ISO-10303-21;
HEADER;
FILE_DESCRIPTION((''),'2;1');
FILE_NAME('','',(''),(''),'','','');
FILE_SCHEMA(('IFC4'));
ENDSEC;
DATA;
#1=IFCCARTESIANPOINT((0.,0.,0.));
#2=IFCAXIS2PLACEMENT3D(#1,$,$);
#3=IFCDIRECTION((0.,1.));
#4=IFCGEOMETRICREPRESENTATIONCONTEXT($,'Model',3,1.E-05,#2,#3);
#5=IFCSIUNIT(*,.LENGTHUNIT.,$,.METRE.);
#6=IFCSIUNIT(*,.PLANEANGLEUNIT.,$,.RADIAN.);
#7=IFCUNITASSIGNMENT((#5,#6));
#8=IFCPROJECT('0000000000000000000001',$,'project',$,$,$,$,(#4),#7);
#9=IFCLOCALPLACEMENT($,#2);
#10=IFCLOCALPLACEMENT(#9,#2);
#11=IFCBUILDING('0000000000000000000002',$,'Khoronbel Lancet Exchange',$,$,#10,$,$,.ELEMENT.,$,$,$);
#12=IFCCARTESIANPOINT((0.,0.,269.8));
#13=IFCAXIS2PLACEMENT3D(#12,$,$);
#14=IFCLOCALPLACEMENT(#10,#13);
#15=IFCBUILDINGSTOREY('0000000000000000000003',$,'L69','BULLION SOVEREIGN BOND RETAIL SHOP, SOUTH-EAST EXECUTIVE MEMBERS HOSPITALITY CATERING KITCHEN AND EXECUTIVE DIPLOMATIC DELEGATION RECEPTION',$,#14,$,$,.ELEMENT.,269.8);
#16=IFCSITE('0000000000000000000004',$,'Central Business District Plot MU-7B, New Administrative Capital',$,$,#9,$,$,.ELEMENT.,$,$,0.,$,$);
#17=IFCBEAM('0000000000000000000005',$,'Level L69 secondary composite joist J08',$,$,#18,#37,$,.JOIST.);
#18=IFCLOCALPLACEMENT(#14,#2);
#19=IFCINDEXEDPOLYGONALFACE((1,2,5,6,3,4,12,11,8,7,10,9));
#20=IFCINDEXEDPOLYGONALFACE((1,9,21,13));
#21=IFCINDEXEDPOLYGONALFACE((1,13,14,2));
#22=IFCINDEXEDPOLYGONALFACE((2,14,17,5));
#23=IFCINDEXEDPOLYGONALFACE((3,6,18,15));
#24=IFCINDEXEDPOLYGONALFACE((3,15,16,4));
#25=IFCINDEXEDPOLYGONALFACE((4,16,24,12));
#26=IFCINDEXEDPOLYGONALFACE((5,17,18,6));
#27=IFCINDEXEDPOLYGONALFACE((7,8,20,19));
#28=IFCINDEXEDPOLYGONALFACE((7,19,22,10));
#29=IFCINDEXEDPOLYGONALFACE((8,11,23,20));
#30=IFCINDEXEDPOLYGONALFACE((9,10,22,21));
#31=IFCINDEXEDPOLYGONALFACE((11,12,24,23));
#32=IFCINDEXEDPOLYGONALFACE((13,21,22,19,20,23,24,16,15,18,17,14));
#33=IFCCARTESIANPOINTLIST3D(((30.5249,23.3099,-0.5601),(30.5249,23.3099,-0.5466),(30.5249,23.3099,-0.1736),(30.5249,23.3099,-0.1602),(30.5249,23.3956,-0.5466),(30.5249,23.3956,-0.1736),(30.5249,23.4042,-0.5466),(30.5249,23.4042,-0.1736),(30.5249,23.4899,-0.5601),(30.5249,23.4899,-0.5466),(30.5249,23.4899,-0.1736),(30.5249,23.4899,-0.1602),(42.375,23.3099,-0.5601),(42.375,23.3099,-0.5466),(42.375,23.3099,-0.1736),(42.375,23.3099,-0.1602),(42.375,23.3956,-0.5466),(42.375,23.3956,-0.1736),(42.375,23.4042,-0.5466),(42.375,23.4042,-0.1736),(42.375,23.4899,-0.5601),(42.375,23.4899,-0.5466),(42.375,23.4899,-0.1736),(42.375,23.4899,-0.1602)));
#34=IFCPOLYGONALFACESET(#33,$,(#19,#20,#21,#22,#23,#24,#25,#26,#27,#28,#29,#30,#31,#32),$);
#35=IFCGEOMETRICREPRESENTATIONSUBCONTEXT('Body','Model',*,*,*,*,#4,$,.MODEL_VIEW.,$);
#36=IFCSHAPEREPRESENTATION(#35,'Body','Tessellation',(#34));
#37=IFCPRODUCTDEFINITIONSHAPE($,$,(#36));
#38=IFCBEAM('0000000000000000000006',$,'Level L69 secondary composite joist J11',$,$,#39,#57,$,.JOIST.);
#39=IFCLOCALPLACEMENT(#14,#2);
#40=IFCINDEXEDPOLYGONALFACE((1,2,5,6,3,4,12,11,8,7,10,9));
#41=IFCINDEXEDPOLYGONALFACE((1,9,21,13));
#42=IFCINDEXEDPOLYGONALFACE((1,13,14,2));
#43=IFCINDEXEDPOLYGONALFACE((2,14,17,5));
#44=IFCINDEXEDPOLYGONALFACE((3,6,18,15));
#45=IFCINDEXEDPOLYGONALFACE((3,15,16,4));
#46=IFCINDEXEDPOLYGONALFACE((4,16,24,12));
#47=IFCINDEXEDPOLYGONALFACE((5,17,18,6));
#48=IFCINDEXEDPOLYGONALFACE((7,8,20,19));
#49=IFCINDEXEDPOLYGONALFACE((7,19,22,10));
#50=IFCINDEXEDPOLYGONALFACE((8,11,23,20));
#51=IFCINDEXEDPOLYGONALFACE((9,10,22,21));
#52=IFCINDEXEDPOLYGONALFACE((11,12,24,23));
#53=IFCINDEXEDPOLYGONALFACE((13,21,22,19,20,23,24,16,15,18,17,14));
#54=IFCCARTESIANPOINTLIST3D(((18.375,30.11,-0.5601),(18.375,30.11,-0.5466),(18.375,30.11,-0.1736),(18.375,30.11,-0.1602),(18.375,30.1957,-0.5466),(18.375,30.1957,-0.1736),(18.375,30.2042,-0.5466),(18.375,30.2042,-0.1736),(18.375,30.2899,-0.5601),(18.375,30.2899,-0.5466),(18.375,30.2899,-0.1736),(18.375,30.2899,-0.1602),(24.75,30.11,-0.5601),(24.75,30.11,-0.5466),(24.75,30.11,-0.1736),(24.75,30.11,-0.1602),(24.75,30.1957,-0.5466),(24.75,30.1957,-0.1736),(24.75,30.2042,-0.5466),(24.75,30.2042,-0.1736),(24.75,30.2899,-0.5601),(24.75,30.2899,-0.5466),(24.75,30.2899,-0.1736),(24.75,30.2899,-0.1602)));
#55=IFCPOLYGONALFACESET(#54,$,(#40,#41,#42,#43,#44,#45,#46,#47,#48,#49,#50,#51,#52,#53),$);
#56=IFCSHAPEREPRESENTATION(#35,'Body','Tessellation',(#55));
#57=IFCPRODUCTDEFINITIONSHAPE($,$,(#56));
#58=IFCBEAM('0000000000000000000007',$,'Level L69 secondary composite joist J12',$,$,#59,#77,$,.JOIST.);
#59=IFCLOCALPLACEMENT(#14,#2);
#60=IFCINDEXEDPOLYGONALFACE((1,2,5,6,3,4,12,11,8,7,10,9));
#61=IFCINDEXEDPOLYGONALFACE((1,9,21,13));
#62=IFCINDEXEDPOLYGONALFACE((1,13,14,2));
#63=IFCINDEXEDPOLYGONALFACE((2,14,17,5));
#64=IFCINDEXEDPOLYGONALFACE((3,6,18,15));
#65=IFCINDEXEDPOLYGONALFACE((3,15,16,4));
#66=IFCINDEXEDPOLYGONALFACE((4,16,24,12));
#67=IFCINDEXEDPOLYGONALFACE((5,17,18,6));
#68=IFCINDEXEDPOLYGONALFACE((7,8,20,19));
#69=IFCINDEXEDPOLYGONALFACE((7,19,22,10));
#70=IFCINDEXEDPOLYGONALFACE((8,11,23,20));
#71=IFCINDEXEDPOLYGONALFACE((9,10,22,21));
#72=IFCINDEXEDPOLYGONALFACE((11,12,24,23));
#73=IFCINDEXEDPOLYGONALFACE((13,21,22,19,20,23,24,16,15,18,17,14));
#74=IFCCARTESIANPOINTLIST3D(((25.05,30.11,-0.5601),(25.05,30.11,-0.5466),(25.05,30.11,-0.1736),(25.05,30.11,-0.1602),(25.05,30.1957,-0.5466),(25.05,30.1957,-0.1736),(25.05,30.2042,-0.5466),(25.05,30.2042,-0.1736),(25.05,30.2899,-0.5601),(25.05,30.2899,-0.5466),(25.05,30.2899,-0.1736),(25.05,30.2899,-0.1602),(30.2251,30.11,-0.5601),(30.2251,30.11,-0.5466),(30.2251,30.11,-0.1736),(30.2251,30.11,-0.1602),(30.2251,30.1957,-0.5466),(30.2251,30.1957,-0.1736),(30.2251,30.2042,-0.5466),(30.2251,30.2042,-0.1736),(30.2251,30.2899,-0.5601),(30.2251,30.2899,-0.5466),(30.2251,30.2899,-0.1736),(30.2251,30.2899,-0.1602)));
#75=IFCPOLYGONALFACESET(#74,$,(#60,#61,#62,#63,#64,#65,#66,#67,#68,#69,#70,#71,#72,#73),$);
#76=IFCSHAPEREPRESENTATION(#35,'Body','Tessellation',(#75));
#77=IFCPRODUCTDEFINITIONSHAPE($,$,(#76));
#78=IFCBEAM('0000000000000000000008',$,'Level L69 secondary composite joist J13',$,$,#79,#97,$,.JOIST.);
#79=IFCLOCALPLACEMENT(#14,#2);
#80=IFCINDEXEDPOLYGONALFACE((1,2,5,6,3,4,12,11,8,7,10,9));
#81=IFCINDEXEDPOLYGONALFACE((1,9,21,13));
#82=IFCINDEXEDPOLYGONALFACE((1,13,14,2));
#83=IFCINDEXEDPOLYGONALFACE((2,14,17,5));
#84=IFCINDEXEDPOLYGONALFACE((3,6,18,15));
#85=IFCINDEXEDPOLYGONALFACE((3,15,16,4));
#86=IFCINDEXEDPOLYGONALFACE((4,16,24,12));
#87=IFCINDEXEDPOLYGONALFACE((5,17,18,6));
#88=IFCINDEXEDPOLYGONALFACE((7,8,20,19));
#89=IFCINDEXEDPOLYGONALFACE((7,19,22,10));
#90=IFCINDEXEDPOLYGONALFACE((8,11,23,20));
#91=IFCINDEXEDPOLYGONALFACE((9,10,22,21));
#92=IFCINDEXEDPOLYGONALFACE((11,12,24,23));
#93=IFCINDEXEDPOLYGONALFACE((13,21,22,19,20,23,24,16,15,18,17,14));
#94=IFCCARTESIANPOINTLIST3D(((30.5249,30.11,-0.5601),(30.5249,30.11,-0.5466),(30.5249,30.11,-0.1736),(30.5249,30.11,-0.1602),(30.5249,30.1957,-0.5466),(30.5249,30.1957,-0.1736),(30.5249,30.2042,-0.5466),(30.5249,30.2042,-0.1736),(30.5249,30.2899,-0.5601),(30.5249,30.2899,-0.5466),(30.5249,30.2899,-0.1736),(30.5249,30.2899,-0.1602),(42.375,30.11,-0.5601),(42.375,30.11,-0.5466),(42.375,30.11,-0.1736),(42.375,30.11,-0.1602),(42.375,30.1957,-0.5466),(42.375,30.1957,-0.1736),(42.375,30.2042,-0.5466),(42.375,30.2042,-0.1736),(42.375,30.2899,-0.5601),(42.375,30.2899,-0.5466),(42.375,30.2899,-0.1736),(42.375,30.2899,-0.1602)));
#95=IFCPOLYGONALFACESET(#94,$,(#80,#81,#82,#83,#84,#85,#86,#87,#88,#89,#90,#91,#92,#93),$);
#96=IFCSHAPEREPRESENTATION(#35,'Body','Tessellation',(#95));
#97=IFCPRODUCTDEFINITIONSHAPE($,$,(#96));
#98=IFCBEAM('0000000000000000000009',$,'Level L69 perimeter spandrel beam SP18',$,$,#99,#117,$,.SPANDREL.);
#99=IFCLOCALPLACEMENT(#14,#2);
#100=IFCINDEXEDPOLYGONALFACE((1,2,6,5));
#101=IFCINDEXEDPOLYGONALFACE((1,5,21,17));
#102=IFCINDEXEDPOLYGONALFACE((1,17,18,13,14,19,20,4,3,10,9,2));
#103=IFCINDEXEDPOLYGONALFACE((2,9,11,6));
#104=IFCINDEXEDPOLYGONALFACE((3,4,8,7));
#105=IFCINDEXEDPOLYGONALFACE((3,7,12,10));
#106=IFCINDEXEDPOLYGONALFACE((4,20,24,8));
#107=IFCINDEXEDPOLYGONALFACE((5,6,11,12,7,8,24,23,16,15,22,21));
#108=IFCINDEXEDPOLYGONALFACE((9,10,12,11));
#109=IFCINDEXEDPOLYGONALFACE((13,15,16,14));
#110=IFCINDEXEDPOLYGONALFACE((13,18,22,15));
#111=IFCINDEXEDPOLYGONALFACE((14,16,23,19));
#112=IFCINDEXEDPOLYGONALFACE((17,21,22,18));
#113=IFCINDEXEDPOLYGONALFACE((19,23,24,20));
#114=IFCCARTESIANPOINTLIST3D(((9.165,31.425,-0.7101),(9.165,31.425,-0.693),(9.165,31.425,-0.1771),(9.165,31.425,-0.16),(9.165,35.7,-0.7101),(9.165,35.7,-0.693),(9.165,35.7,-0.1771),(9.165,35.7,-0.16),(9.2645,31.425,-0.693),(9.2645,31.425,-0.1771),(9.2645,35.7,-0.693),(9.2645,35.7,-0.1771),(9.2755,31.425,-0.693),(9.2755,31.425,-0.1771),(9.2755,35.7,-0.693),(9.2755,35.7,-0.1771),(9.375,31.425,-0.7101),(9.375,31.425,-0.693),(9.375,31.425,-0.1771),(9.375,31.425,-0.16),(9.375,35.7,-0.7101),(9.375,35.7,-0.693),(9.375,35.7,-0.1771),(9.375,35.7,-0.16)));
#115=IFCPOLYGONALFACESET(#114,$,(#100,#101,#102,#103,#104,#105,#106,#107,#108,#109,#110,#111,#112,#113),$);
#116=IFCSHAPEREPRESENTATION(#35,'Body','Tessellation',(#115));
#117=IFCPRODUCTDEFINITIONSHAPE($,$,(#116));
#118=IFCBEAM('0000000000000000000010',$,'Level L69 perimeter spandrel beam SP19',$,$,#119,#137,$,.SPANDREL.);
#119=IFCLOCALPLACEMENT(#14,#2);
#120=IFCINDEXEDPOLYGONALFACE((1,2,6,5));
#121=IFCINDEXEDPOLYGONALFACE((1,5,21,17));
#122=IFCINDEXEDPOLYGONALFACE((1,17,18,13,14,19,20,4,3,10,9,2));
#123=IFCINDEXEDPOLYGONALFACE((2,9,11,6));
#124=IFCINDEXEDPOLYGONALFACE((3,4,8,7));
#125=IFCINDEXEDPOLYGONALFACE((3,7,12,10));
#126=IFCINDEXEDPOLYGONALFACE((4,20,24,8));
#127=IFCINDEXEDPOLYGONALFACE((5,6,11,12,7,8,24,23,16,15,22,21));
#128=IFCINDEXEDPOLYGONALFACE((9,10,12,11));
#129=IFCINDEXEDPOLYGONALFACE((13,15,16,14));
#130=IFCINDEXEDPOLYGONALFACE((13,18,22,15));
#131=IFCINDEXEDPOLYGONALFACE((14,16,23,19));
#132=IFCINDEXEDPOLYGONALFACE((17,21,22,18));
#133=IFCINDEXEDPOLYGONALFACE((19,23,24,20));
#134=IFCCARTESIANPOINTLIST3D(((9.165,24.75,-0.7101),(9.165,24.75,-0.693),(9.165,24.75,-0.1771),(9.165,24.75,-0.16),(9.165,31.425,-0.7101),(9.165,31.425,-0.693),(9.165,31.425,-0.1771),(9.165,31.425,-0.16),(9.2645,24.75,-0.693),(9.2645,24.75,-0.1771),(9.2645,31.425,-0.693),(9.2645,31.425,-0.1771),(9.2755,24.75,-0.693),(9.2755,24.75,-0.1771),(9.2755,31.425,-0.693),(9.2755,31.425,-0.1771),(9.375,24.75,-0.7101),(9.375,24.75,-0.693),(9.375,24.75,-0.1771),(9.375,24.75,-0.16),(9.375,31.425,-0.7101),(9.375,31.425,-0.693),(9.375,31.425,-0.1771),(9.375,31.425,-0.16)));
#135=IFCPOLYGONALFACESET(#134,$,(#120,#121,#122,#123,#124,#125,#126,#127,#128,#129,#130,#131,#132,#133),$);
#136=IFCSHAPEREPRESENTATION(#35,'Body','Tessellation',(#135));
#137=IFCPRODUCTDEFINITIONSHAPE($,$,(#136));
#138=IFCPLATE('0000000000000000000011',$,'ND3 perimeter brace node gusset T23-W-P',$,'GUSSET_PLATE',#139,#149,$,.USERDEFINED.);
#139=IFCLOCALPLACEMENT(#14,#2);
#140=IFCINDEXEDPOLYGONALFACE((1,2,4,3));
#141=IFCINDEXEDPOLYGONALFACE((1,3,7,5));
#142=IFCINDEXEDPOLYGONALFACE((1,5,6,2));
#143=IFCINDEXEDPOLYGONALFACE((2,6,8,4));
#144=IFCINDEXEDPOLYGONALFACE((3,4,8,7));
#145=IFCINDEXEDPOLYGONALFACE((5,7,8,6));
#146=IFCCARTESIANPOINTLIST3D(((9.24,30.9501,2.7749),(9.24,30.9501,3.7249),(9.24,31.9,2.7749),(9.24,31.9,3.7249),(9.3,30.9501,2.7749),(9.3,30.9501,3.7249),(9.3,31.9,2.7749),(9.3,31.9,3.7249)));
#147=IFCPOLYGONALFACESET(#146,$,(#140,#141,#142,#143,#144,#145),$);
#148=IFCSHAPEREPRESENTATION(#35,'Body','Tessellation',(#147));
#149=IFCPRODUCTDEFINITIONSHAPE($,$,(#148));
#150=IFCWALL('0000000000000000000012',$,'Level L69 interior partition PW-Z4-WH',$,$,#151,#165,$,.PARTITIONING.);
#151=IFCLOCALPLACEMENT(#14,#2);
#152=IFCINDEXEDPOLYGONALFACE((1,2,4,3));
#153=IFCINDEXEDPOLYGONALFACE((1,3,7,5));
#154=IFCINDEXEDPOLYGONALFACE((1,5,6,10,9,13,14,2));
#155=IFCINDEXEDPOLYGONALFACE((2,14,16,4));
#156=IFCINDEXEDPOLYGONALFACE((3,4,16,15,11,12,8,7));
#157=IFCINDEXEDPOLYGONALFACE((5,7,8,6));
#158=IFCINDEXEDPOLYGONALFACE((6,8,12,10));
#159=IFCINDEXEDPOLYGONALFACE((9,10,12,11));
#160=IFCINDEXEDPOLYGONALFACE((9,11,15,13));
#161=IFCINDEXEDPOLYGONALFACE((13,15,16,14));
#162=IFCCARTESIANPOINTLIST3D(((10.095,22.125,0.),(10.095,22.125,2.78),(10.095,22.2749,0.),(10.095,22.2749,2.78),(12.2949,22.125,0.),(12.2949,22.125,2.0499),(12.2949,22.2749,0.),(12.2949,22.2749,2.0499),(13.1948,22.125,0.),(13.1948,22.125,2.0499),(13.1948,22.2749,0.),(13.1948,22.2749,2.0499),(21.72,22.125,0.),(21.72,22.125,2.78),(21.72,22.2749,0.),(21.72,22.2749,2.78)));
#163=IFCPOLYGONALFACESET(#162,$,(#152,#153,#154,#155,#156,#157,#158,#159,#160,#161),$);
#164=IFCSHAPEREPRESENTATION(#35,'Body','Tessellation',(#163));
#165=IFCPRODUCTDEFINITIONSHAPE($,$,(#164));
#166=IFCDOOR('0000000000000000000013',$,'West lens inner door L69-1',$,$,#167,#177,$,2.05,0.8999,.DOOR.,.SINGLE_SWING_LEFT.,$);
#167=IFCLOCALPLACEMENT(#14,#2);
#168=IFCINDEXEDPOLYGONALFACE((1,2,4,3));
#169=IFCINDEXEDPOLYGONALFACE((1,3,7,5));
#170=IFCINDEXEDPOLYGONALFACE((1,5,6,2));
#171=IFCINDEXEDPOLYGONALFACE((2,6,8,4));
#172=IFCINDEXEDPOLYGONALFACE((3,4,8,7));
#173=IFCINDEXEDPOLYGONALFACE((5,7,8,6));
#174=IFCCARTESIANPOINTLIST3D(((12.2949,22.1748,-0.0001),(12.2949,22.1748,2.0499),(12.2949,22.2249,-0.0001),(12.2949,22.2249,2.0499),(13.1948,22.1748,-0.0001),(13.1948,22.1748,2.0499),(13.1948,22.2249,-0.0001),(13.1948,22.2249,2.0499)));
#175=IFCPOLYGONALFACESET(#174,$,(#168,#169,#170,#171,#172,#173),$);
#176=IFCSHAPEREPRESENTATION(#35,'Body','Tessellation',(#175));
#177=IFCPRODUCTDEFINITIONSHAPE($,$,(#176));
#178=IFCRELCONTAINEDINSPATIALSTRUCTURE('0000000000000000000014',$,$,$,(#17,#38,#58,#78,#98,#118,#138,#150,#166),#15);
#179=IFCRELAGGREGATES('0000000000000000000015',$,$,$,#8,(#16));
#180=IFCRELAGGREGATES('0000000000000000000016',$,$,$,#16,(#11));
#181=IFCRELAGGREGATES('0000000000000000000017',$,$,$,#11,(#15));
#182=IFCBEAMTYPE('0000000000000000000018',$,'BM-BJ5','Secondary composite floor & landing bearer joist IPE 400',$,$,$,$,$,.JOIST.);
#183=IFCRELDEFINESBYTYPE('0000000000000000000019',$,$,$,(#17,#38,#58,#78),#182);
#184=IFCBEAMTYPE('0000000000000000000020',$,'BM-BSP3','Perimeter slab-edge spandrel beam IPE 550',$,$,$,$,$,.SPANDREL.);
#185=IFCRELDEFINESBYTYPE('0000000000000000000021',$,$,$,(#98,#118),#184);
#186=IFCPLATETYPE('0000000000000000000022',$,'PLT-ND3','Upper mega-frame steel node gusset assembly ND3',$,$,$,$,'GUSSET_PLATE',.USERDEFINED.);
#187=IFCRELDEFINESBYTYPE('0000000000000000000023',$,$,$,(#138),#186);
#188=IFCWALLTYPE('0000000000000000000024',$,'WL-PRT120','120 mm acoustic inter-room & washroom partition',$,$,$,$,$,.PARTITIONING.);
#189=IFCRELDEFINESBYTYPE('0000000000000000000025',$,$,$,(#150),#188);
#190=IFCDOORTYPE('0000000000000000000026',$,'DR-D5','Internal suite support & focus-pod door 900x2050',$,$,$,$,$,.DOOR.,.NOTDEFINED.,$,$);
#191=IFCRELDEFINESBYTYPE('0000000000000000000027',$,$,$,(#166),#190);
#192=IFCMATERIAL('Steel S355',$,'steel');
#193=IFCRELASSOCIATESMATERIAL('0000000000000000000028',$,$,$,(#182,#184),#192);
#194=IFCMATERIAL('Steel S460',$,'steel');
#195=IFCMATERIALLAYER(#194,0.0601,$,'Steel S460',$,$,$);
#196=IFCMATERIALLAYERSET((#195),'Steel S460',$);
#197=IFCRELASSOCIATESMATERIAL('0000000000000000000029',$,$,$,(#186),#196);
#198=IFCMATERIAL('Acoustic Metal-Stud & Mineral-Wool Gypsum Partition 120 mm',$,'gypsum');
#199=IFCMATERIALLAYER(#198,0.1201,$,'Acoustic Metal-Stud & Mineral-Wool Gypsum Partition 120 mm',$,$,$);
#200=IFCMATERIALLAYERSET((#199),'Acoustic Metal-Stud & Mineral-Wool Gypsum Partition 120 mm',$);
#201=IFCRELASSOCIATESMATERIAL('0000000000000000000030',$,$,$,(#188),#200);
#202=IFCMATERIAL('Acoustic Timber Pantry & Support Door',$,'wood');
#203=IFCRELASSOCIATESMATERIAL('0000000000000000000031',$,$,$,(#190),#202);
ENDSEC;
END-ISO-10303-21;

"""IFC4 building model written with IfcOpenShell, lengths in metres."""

from ifc_helpers import new_model, si_unit, direction, frame, frame_2d, origin, origin_2d, place, context, subcontext, project, spatial, rectangle, i_section, extrude, material, layer, layer_set, material_profile, profile_set, type_object, element, fill, save


model = new_model("IFC4")

# Units and contexts
model_context = context("Model", 3, precision=1e-05, world=origin(), true_north=direction((0.0, 1.0)))
body_context = subcontext(model_context, "Body", "Model", "MODEL_VIEW")
ifc_project = project(units=[si_unit("LENGTHUNIT", "METRE"), si_unit("PLANEANGLEUNIT", "RADIAN")], contexts=[model_context])

# Site, building, storey
site_placement = place(None, origin())
site = spatial("IfcSite", under=ifc_project, at=site_placement, Name="Central Business District Plot MU-7B, New Administrative Capital", CompositionType="ELEMENT", RefElevation=0.0)
building_placement = place(site_placement, origin())
building = spatial("IfcBuilding", under=site, at=building_placement, Name="Khoronbel Lancet Exchange", CompositionType="ELEMENT")
storey_placement = place(building_placement, frame((0.0, 0.0, 269.8)))
storey = spatial("IfcBuildingStorey", under=building, at=storey_placement, Name="L69", Description="BULLION SOVEREIGN BOND RETAIL SHOP, SOUTH-EAST EXECUTIVE MEMBERS HOSPITALITY CATERING KITCHEN AND EXECUTIVE DIPLOMATIC DELEGATION RECEPTION", CompositionType="ELEMENT", Elevation=269.8)

# Shared definitions
ifc_material_1 = material(Name="Steel S355", Category="steel")

# Beams
ifc_material_profile_1 = material_profile(ifc_material_1, i_section(OverallWidth=0.1799, OverallDepth=0.3999, WebThickness=0.0085, FlangeThickness=0.0134, at=origin_2d()), Name="IPE 400")
ifc_profile_set_1 = profile_set([ifc_material_profile_1], Name="Steel S355")
beam_type_1 = type_object("IfcBeamType", Name="BM-BJ5", Description="Secondary composite floor & landing bearer joist IPE 400", PredefinedType="JOIST", material=ifc_profile_set_1)
beam_1_placement = place(storey_placement, frame((30.5249, 23.3999, -0.3601), z_axis=(1.0, 0.0, 0.0), x_axis=(0.0, 1.0, 0.0)))
element("IfcBeam", 1, at=beam_1_placement, inside=storey, type_object=beam_type_1, Name="Level L69 secondary composite joist J08", PredefinedType="JOIST", context=body_context, shape_type="SweptSolid", body=[
    extrude(i_section(OverallWidth=0.1799, OverallDepth=0.3999, WebThickness=0.0085, FlangeThickness=0.0134, at=origin_2d()), origin(), (0.0, 0.0, 1.0), 11.8501),
])
beam_2_placement = place(storey_placement, frame((18.375, 30.2, -0.3601), z_axis=(1.0, 0.0, 0.0), x_axis=(0.0, 1.0, 0.0)))
element("IfcBeam", 2, at=beam_2_placement, inside=storey, type_object=beam_type_1, Name="Level L69 secondary composite joist J11", PredefinedType="JOIST", context=body_context, shape_type="SweptSolid", body=[
    extrude(i_section(OverallWidth=0.1799, OverallDepth=0.3999, WebThickness=0.0085, FlangeThickness=0.0134, at=origin_2d()), origin(), (0.0, 0.0, 1.0), 6.375),
])
beam_3_placement = place(storey_placement, frame((25.05, 30.2, -0.3601), z_axis=(1.0, 0.0, 0.0), x_axis=(0.0, 1.0, 0.0)))
element("IfcBeam", 3, at=beam_3_placement, inside=storey, type_object=beam_type_1, Name="Level L69 secondary composite joist J12", PredefinedType="JOIST", context=body_context, shape_type="SweptSolid", body=[
    extrude(i_section(OverallWidth=0.1799, OverallDepth=0.3999, WebThickness=0.0085, FlangeThickness=0.0134, at=origin_2d()), origin(), (0.0, 0.0, 1.0), 5.175),
])
beam_4_placement = place(storey_placement, frame((30.5249, 30.2, -0.3601), z_axis=(1.0, 0.0, 0.0), x_axis=(0.0, 1.0, 0.0)))
element("IfcBeam", 4, at=beam_4_placement, inside=storey, type_object=beam_type_1, Name="Level L69 secondary composite joist J13", PredefinedType="JOIST", context=body_context, shape_type="SweptSolid", body=[
    extrude(i_section(OverallWidth=0.1799, OverallDepth=0.3999, WebThickness=0.0085, FlangeThickness=0.0134, at=origin_2d()), origin(), (0.0, 0.0, 1.0), 11.8501),
])
ifc_material_profile_2 = material_profile(ifc_material_1, i_section(OverallWidth=0.21, OverallDepth=0.55, WebThickness=0.011, FlangeThickness=0.0171, at=origin_2d()), Name="IPE 550")
ifc_profile_set_2 = profile_set([ifc_material_profile_2], Name="Steel S355")
beam_type_2 = type_object("IfcBeamType", Name="BM-BSP3", Description="Perimeter slab-edge spandrel beam IPE 550", PredefinedType="SPANDREL", material=ifc_profile_set_2)
beam_5_placement = place(storey_placement, frame((9.27, 35.7, -0.4351), z_axis=(0.0, -1.0, 0.0), x_axis=(1.0, 0.0, 0.0)))
element("IfcBeam", 5, at=beam_5_placement, inside=storey, type_object=beam_type_2, Name="Level L69 perimeter spandrel beam SP18", PredefinedType="SPANDREL", context=body_context, shape_type="SweptSolid", body=[
    extrude(i_section(OverallWidth=0.21, OverallDepth=0.55, WebThickness=0.011, FlangeThickness=0.0171, at=origin_2d()), origin(), (0.0, 0.0, 1.0), 4.2749),
])
beam_6_placement = place(storey_placement, frame((9.27, 31.425, -0.4351), z_axis=(0.0, -1.0, 0.0), x_axis=(1.0, 0.0, 0.0)))
element("IfcBeam", 6, at=beam_6_placement, inside=storey, type_object=beam_type_2, Name="Level L69 perimeter spandrel beam SP19", PredefinedType="SPANDREL", context=body_context, shape_type="SweptSolid", body=[
    extrude(i_section(OverallWidth=0.21, OverallDepth=0.55, WebThickness=0.011, FlangeThickness=0.0171, at=origin_2d()), origin(), (0.0, 0.0, 1.0), 6.675),
])

# Plate
ifc_material_2 = material(Name="Steel S460", Category="steel")
ifc_layer_1 = layer(ifc_material_2, 0.0601, Name="Steel S460")
ifc_layer_set_1 = layer_set([ifc_layer_1], Name="Steel S460")
plate_type = type_object("IfcPlateType", Name="PLT-ND3", Description="Upper mega-frame steel node gusset assembly ND3", ElementType="GUSSET_PLATE", PredefinedType="USERDEFINED", material=ifc_layer_set_1)
plate_placement = place(storey_placement, frame((9.27, 31.425, 2.7749), z_axis=(0.0, 0.0, 1.0), x_axis=(0.0, 1.0, 0.0)))
element("IfcPlate", 7, at=plate_placement, inside=storey, type_object=plate_type, Name="ND3 perimeter brace node gusset T23-W-P", ObjectType="GUSSET_PLATE", PredefinedType="USERDEFINED", context=body_context, shape_type="SweptSolid", body=[
    extrude(rectangle(XDim=0.95, YDim=0.0601, at=origin_2d()), origin(), (0.0, 0.0, 1.0), 0.95),
])

# Wall, opening, door
ifc_material_3 = material(Name="Acoustic Metal-Stud & Mineral-Wool Gypsum Partition 120 mm", Category="gypsum")
ifc_layer_2 = layer(ifc_material_3, 0.1201, Name="Acoustic Metal-Stud & Mineral-Wool Gypsum Partition 120 mm")
ifc_layer_set_2 = layer_set([ifc_layer_2], Name="Acoustic Metal-Stud & Mineral-Wool Gypsum Partition 120 mm")
wall_type_1 = type_object("IfcWallType", Name="WL-PRT120", Description="120 mm acoustic inter-room & washroom partition", PredefinedType="PARTITIONING", material=ifc_layer_set_2)
wall_1_placement = place(storey_placement, frame((10.095, 22.2, 0.0), z_axis=(0.0, 0.0, 1.0), x_axis=(1.0, 0.0, 0.0)))
wall_1 = element("IfcWall", 8, at=wall_1_placement, inside=storey, type_object=wall_type_1, Name="Level L69 interior partition PW-Z4-WH", PredefinedType="PARTITIONING", context=body_context, shape_type="SweptSolid", body=[
    extrude(rectangle(XDim=11.625, YDim=0.1499, at=frame_2d((5.8125, 0.0))), origin(), (0.0, 0.0, 1.0), 2.78),
])
opening_1_placement = place(wall_1_placement, frame((2.2, 0.0, 0.0)))
opening_1 = element("IfcOpeningElement", 9, at=opening_1_placement, cuts=wall_1, PredefinedType="OPENING", context=body_context, shape_type="SweptSolid", body=[
    extrude(rectangle(XDim=0.8999, YDim=2.05, at=frame_2d((0.45, 1.0249))), frame((0.0, 0.085, 0.0), z_axis=(0.0, -1.0, 0.0), x_axis=(1.0, 0.0, 0.0)), (0.0, 0.0, 1.0), 0.1699),
])
ifc_material_4 = material(Name="Acoustic Timber Pantry & Support Door", Category="wood")
door_type_1 = type_object("IfcDoorType", Name="DR-D5", Description="Internal suite support & focus-pod door 900x2050", OperationType="NOTDEFINED", PredefinedType="DOOR", material=ifc_material_4)
door_1_placement = place(opening_1_placement, origin())
door_1 = element("IfcDoor", 10, at=door_1_placement, inside=storey, type_object=door_type_1, Name="West lens inner door L69-1", OperationType="SINGLE_SWING_LEFT", OverallHeight=2.05, OverallWidth=0.8999, PredefinedType="DOOR", context=body_context, shape_type="SweptSolid", body=[
    extrude(rectangle(XDim=0.8999, YDim=2.05, at=frame_2d((0.45, 1.0249))), frame((0.0, 0.0249, 0.0), z_axis=(0.0, -1.0, 0.0), x_axis=(1.0, 0.0, 0.0)), (0.0, 0.0, 1.0), 0.05),
])
fill(opening_1, door_1)

save(model, "model.ifc")
